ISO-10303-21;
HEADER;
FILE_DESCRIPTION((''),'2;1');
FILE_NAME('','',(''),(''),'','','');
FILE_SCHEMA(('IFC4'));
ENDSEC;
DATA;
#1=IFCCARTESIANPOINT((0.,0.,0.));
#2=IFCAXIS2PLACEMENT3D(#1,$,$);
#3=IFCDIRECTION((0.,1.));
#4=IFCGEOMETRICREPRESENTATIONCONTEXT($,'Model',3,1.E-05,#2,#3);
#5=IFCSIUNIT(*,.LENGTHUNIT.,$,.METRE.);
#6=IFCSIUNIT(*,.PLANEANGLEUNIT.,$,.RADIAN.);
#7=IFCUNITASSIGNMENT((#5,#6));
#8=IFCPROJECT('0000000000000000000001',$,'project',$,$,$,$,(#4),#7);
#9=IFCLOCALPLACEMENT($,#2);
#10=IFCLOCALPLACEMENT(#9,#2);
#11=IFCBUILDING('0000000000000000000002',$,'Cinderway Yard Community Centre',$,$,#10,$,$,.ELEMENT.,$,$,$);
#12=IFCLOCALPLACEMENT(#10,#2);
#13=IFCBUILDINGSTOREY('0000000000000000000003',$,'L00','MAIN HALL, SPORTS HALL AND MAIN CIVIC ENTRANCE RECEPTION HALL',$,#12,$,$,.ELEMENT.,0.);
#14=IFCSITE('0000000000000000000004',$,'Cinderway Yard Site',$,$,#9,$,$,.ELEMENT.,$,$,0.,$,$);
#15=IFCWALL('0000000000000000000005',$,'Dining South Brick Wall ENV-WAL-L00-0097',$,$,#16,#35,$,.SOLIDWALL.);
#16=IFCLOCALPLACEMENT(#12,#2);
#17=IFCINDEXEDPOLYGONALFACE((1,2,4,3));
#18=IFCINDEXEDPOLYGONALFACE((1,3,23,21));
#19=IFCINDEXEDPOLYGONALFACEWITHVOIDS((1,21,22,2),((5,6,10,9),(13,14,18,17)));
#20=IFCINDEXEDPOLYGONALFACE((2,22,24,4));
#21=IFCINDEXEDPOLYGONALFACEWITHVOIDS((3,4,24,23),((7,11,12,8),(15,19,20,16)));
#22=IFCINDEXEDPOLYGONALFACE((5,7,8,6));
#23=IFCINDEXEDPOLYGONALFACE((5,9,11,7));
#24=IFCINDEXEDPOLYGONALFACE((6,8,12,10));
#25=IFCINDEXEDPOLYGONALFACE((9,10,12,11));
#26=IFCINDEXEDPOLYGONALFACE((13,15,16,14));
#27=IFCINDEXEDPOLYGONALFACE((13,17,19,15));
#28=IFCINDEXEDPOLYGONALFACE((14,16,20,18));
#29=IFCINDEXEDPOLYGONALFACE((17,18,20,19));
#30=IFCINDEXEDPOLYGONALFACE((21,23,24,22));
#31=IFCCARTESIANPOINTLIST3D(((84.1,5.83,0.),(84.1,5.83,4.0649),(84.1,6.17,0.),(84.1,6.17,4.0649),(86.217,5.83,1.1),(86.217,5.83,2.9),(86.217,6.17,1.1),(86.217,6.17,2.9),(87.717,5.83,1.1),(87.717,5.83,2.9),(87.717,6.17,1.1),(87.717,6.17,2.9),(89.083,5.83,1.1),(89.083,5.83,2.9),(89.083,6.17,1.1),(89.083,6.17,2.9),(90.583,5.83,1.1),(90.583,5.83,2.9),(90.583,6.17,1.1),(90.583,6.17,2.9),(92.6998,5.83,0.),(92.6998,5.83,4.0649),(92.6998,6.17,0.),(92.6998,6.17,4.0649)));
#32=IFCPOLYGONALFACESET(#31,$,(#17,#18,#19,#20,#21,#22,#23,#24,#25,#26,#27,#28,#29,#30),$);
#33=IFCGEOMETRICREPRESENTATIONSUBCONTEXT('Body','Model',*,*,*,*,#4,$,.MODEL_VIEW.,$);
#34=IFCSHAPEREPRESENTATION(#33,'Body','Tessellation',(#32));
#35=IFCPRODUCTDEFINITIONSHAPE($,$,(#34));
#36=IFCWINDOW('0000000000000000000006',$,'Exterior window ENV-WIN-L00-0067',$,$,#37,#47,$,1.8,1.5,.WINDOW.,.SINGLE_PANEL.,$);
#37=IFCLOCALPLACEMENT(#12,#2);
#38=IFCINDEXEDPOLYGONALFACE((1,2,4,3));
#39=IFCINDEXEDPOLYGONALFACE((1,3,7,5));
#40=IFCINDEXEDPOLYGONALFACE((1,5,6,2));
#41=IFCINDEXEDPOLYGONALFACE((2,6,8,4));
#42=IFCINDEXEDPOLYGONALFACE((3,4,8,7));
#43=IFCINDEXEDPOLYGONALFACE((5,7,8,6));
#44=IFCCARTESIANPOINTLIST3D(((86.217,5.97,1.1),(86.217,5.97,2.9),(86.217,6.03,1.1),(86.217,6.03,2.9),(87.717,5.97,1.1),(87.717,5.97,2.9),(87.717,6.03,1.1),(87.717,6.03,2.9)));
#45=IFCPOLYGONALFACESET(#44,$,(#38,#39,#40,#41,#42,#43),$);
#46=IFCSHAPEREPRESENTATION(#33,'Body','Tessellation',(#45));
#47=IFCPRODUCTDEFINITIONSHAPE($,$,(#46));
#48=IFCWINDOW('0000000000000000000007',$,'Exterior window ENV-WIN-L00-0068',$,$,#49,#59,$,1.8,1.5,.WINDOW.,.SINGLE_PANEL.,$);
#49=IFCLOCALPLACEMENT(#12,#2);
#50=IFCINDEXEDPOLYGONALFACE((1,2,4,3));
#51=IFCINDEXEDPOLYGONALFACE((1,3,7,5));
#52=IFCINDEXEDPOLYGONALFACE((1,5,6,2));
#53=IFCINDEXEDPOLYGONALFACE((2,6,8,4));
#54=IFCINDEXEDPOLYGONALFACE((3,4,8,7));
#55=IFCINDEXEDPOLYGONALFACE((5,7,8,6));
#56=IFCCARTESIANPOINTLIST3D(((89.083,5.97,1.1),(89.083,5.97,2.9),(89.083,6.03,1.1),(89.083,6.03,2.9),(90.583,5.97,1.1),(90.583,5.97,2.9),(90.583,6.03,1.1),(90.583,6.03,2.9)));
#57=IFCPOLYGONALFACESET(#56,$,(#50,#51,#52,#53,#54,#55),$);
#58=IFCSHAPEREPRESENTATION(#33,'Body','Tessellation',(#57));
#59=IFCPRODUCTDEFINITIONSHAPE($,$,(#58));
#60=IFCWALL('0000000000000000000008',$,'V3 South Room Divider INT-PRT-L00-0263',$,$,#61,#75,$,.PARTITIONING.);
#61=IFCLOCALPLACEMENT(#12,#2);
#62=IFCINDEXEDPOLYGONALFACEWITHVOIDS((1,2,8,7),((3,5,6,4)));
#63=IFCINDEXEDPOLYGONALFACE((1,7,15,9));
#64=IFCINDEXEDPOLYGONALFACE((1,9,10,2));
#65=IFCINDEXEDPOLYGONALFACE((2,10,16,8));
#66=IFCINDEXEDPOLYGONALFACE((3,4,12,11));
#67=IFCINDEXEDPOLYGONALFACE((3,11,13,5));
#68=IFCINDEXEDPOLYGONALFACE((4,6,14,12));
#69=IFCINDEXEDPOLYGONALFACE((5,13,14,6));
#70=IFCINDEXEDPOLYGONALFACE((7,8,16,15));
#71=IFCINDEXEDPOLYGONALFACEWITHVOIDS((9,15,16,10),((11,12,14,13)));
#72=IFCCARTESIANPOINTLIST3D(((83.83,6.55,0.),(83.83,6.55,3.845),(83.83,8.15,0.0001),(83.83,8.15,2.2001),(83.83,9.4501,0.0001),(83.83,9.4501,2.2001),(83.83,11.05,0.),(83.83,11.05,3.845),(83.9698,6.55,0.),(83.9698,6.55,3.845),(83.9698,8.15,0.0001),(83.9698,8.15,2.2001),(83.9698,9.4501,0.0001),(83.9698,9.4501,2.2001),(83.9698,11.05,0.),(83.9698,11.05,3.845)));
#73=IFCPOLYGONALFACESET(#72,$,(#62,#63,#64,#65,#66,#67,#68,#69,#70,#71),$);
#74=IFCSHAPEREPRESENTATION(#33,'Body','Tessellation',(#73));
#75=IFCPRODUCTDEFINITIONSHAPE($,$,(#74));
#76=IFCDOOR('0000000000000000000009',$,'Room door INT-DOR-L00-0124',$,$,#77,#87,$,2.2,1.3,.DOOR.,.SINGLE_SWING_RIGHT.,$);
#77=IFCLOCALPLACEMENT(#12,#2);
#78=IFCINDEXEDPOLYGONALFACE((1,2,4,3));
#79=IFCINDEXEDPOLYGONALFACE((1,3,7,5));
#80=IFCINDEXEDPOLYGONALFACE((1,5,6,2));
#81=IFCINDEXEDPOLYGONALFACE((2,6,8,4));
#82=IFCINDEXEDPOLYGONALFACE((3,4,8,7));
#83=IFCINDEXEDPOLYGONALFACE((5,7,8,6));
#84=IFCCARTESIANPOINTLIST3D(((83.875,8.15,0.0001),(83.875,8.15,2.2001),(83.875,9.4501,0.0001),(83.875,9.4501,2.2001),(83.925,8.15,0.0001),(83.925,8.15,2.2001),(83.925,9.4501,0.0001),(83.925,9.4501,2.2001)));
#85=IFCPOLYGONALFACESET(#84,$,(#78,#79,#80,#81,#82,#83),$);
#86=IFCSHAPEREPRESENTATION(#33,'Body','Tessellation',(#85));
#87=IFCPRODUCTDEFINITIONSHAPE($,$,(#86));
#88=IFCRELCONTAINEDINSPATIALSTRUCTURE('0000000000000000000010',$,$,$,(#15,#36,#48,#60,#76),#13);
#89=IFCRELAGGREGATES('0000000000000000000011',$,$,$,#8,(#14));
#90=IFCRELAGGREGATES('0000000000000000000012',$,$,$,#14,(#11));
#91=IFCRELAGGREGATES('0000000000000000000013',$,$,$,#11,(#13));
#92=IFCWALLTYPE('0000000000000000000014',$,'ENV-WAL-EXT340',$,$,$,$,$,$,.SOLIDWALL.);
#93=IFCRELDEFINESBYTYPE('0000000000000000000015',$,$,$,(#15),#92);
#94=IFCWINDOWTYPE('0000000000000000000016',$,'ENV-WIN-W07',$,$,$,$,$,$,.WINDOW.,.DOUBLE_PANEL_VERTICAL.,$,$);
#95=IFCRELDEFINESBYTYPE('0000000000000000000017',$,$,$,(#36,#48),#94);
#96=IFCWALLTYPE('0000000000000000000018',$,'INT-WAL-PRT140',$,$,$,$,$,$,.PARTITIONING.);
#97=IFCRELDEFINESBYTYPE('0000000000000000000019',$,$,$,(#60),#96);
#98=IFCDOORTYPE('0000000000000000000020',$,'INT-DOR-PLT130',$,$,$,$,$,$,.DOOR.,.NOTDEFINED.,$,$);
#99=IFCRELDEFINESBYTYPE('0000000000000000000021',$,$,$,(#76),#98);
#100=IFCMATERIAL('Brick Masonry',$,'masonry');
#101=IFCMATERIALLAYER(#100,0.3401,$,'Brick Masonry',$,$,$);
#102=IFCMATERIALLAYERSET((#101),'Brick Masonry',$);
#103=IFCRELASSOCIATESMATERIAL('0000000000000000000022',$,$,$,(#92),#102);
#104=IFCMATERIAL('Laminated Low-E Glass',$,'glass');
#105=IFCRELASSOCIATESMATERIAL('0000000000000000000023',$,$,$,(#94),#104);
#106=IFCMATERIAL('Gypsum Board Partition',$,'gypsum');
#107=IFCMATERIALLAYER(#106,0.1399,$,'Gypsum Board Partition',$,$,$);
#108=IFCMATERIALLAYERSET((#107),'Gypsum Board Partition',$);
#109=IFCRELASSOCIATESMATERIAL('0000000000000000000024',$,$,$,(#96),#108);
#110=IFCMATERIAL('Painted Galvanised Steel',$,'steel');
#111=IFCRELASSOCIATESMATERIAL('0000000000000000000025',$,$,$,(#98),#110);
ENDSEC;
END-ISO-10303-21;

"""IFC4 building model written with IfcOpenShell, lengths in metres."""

from ifc_helpers import new_model, si_unit, direction, frame, frame_2d, origin, place, context, subcontext, project, spatial, rectangle, extrude, material, layer, layer_set, type_object, element, fill, save


model = new_model("IFC4")

# Units and contexts
model_context = context("Model", 3, precision=1e-05, world=origin(), true_north=direction((0.0, 1.0)))
body_context = subcontext(model_context, "Body", "Model", "MODEL_VIEW")
ifc_project = project(units=[si_unit("LENGTHUNIT", "METRE"), si_unit("PLANEANGLEUNIT", "RADIAN")], contexts=[model_context])

# Site, building, storey
site_placement = place(None, origin())
site = spatial("IfcSite", under=ifc_project, at=site_placement, Name="Cinderway Yard Site", CompositionType="ELEMENT", RefElevation=0.0)
building_placement = place(site_placement, origin())
building = spatial("IfcBuilding", under=site, at=building_placement, Name="Cinderway Yard Community Centre", CompositionType="ELEMENT")
storey_placement = place(building_placement, origin())
storey = spatial("IfcBuildingStorey", under=building, at=storey_placement, Name="L00", Description="MAIN HALL, SPORTS HALL AND MAIN CIVIC ENTRANCE RECEPTION HALL", CompositionType="ELEMENT", Elevation=0.0)

# Shared definitions
ifc_material_1 = material(Name="Brick Masonry", Category="masonry")
ifc_layer_1 = layer(ifc_material_1, 0.3401, Name="Brick Masonry")
ifc_layer_set_1 = layer_set([ifc_layer_1], Name="Brick Masonry")
wall_type_1 = type_object("IfcWallType", Name="ENV-WAL-EXT340", PredefinedType="SOLIDWALL", material=ifc_layer_set_1)

# Wall, openings, windows
wall_1_placement = place(storey_placement, frame((84.1001, 6.0, 0.0), z_axis=(0.0, 0.0, 1.0), x_axis=(1.0, 0.0, 0.0)))
wall_1 = element("IfcWall", 1, at=wall_1_placement, inside=storey, type_object=wall_type_1, Name="Dining South Brick Wall ENV-WAL-L00-0097", PredefinedType="SOLIDWALL", context=body_context, shape_type="SweptSolid", body=[
    extrude(rectangle(XDim=8.5999, YDim=0.3401, at=frame_2d((4.2998, 0.0))), origin(), (0.0, 0.0, 1.0), 4.0649),
])
opening_1_placement = place(wall_1_placement, frame((2.1169, 0.0, 1.1001)))
opening_1 = element("IfcOpeningElement", 2, at=opening_1_placement, cuts=wall_1, PredefinedType="OPENING", context=body_context, shape_type="SweptSolid", body=[
    extrude(rectangle(XDim=1.5, YDim=1.8, at=frame_2d((0.75, 0.8999))), frame((0.0, 0.1799, 0.0), z_axis=(0.0, -1.0, 0.0), x_axis=(1.0, 0.0, 0.0)), (0.0, 0.0, 1.0), 0.3601),
])
opening_2_placement = place(wall_1_placement, frame((4.9829, 0.0, 1.1001)))
opening_2 = element("IfcOpeningElement", 3, at=opening_2_placement, cuts=wall_1, PredefinedType="OPENING", context=body_context, shape_type="SweptSolid", body=[
    extrude(rectangle(XDim=1.5, YDim=1.8, at=frame_2d((0.75, 0.8999))), frame((0.0, 0.1799, 0.0), z_axis=(0.0, -1.0, 0.0), x_axis=(1.0, 0.0, 0.0)), (0.0, 0.0, 1.0), 0.3601),
])
ifc_material_2 = material(Name="Laminated Low-E Glass", Category="glass")
window_type = type_object("IfcWindowType", Name="ENV-WIN-W07", PartitioningType="DOUBLE_PANEL_VERTICAL", PredefinedType="WINDOW", material=ifc_material_2)
window_1_placement = place(opening_1_placement, origin())
window_1 = element("IfcWindow", 4, at=window_1_placement, inside=storey, type_object=window_type, Name="Exterior window ENV-WIN-L00-0067", OverallHeight=1.8, OverallWidth=1.5, PartitioningType="SINGLE_PANEL", PredefinedType="WINDOW", context=body_context, shape_type="SweptSolid", body=[
    extrude(rectangle(XDim=1.5, YDim=1.8, at=frame_2d((0.75, 0.8999))), frame((0.0, 0.03, 0.0), z_axis=(0.0, -1.0, 0.0), x_axis=(1.0, 0.0, 0.0)), (0.0, 0.0, 1.0), 0.0601),
])
fill(opening_1, window_1)
window_2_placement = place(opening_2_placement, origin())
window_2 = element("IfcWindow", 5, at=window_2_placement, inside=storey, type_object=window_type, Name="Exterior window ENV-WIN-L00-0068", OverallHeight=1.8, OverallWidth=1.5, PartitioningType="SINGLE_PANEL", PredefinedType="WINDOW", context=body_context, shape_type="SweptSolid", body=[
    extrude(rectangle(XDim=1.5, YDim=1.8, at=frame_2d((0.75, 0.8999))), frame((0.0, 0.03, 0.0), z_axis=(0.0, -1.0, 0.0), x_axis=(1.0, 0.0, 0.0)), (0.0, 0.0, 1.0), 0.0601),
])
fill(opening_2, window_2)

# Wall, opening, door
ifc_material_3 = material(Name="Gypsum Board Partition", Category="gypsum")
ifc_layer_2 = layer(ifc_material_3, 0.1399, Name="Gypsum Board Partition")
ifc_layer_set_2 = layer_set([ifc_layer_2], Name="Gypsum Board Partition")
wall_type_2 = type_object("IfcWallType", Name="INT-WAL-PRT140", PredefinedType="PARTITIONING", material=ifc_layer_set_2)
wall_2_placement = place(storey_placement, frame((83.8999, 6.55, 0.0), z_axis=(0.0, 0.0, 1.0), x_axis=(0.0, 1.0, 0.0)))
wall_2 = element("IfcWall", 6, at=wall_2_placement, inside=storey, type_object=wall_type_2, Name="V3 South Room Divider INT-PRT-L00-0263", PredefinedType="PARTITIONING", context=body_context, shape_type="SweptSolid", body=[
    extrude(rectangle(XDim=4.5, YDim=0.1399, at=frame_2d((2.25, 0.0))), origin(), (0.0, 0.0, 1.0), 3.845),
])
opening_3_placement = place(wall_2_placement, frame((1.6001, 0.0, 0.0)))
opening_3 = element("IfcOpeningElement", 7, at=opening_3_placement, cuts=wall_2, PredefinedType="OPENING", context=body_context, shape_type="SweptSolid", body=[
    extrude(rectangle(XDim=1.3, YDim=2.2, at=frame_2d((0.6499, 1.1001))), frame((0.0, 0.0798, 0.0), z_axis=(0.0, -1.0, 0.0), x_axis=(1.0, 0.0, 0.0)), (0.0, 0.0, 1.0), 0.1599),
])
ifc_material_4 = material(Name="Painted Galvanised Steel", Category="steel")
door_type_1 = type_object("IfcDoorType", Name="INT-DOR-PLT130", OperationType="NOTDEFINED", PredefinedType="DOOR", material=ifc_material_4)
door_1_placement = place(opening_3_placement, origin())
door_1 = element("IfcDoor", 8, at=door_1_placement, inside=storey, type_object=door_type_1, Name="Room door INT-DOR-L00-0124", OperationType="SINGLE_SWING_RIGHT", OverallHeight=2.2, OverallWidth=1.3, PredefinedType="DOOR", context=body_context, shape_type="SweptSolid", body=[
    extrude(rectangle(XDim=1.3, YDim=2.2, at=frame_2d((0.6499, 1.1001))), frame((0.0, 0.0249, 0.0), z_axis=(0.0, -1.0, 0.0), x_axis=(1.0, 0.0, 0.0)), (0.0, 0.0, 1.0), 0.05),
])
fill(opening_3, door_1)

save(model, "model.ifc")
